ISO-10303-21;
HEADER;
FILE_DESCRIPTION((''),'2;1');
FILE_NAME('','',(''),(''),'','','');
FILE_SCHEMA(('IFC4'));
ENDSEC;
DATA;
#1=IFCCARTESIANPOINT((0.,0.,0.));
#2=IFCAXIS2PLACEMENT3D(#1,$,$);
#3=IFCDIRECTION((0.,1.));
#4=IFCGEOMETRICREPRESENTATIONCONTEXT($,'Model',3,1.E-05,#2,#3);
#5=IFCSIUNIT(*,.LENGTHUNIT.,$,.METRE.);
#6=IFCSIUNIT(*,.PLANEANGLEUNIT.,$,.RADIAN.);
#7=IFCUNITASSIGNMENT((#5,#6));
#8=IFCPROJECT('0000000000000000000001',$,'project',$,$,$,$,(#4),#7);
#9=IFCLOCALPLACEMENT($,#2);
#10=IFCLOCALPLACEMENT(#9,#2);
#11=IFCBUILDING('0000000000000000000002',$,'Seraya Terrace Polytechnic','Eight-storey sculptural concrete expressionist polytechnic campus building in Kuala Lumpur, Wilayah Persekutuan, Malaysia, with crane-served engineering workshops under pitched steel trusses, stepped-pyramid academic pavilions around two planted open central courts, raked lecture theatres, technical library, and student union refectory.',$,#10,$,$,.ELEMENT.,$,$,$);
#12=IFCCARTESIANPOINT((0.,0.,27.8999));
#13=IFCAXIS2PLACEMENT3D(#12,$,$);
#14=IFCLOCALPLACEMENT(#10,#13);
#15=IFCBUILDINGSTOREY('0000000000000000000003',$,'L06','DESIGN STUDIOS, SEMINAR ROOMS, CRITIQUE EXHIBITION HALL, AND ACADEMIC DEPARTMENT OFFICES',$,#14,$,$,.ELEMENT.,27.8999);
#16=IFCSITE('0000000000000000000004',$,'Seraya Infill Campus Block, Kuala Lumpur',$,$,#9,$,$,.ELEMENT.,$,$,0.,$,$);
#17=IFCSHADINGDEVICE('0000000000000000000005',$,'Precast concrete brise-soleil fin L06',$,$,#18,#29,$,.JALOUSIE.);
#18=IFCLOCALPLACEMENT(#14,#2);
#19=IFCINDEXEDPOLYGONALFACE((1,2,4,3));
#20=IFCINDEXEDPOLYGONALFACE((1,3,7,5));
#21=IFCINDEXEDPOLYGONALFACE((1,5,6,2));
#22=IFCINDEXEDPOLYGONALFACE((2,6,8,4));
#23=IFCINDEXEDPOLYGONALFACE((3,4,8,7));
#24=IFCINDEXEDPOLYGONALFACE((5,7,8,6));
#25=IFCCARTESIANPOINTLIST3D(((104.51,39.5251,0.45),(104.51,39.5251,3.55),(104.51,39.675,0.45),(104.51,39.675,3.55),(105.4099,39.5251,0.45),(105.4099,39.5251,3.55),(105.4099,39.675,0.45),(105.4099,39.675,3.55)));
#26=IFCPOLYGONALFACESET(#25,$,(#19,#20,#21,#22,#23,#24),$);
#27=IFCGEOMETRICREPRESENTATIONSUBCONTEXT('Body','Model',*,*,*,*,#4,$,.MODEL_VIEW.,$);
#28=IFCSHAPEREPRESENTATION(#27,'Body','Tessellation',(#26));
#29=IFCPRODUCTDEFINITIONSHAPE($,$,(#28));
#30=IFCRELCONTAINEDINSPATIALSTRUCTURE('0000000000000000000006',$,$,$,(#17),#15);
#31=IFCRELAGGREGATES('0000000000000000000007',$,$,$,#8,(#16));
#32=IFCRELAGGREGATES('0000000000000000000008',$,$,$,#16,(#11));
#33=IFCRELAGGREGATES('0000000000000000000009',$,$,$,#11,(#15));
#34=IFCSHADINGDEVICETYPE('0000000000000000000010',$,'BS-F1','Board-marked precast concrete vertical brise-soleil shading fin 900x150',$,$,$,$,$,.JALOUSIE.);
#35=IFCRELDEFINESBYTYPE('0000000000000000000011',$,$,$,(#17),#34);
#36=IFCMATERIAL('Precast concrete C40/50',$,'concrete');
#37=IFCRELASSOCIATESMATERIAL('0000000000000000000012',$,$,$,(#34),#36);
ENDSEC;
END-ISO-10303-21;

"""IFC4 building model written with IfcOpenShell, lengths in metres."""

from ifc_helpers import new_model, si_unit, direction, frame, origin, origin_2d, place, context, subcontext, project, spatial, rectangle, extrude, material, type_object, element, save


model = new_model("IFC4")

# Units and contexts
model_context = context("Model", 3, precision=1e-05, world=origin(), true_north=direction((0.0, 1.0)))
body_context = subcontext(model_context, "Body", "Model", "MODEL_VIEW")
ifc_project = project(units=[si_unit("LENGTHUNIT", "METRE"), si_unit("PLANEANGLEUNIT", "RADIAN")], contexts=[model_context])

# Site, building, storey
site_placement = place(None, origin())
site = spatial("IfcSite", under=ifc_project, at=site_placement, Name="Seraya Infill Campus Block, Kuala Lumpur", CompositionType="ELEMENT", RefElevation=0.0)
building_placement = place(site_placement, origin())
building = spatial("IfcBuilding", under=site, at=building_placement, Name="Seraya Terrace Polytechnic", Description="Eight-storey sculptural concrete expressionist polytechnic campus building in Kuala Lumpur, Wilayah Persekutuan, Malaysia, with crane-served engineering workshops under pitched steel trusses, stepped-pyramid academic pavilions around two planted open central courts, raked lecture theatres, technical library, and student union refectory.", CompositionType="ELEMENT")
storey_placement = place(building_placement, frame((0.0, 0.0, 27.8999)))
storey = spatial("IfcBuildingStorey", under=building, at=storey_placement, Name="L06", Description="DESIGN STUDIOS, SEMINAR ROOMS, CRITIQUE EXHIBITION HALL, AND ACADEMIC DEPARTMENT OFFICES", CompositionType="ELEMENT", Elevation=27.8999)

# Shared definitions
ifc_material_1 = material(Name="Precast concrete C40/50", Category="concrete")

# Shading device
shading_device_type = type_object("IfcShadingDeviceType", Name="BS-F1", Description="Board-marked precast concrete vertical brise-soleil shading fin 900x150", PredefinedType="JALOUSIE", material=ifc_material_1)
shading_device_placement = place(storey_placement, frame((104.96, 39.6001, 0.45), z_axis=(0.0, 0.0, 1.0), x_axis=(1.0, 0.0, 0.0)))
element("IfcShadingDevice", 1, at=shading_device_placement, inside=storey, type_object=shading_device_type, Name="Precast concrete brise-soleil fin L06", PredefinedType="JALOUSIE", context=body_context, shape_type="SweptSolid", body=[
    extrude(rectangle(XDim=0.8999, YDim=0.1499, at=origin_2d()), origin(), (0.0, 0.0, 1.0), 3.1001),
])

save(model, "model.ifc")
